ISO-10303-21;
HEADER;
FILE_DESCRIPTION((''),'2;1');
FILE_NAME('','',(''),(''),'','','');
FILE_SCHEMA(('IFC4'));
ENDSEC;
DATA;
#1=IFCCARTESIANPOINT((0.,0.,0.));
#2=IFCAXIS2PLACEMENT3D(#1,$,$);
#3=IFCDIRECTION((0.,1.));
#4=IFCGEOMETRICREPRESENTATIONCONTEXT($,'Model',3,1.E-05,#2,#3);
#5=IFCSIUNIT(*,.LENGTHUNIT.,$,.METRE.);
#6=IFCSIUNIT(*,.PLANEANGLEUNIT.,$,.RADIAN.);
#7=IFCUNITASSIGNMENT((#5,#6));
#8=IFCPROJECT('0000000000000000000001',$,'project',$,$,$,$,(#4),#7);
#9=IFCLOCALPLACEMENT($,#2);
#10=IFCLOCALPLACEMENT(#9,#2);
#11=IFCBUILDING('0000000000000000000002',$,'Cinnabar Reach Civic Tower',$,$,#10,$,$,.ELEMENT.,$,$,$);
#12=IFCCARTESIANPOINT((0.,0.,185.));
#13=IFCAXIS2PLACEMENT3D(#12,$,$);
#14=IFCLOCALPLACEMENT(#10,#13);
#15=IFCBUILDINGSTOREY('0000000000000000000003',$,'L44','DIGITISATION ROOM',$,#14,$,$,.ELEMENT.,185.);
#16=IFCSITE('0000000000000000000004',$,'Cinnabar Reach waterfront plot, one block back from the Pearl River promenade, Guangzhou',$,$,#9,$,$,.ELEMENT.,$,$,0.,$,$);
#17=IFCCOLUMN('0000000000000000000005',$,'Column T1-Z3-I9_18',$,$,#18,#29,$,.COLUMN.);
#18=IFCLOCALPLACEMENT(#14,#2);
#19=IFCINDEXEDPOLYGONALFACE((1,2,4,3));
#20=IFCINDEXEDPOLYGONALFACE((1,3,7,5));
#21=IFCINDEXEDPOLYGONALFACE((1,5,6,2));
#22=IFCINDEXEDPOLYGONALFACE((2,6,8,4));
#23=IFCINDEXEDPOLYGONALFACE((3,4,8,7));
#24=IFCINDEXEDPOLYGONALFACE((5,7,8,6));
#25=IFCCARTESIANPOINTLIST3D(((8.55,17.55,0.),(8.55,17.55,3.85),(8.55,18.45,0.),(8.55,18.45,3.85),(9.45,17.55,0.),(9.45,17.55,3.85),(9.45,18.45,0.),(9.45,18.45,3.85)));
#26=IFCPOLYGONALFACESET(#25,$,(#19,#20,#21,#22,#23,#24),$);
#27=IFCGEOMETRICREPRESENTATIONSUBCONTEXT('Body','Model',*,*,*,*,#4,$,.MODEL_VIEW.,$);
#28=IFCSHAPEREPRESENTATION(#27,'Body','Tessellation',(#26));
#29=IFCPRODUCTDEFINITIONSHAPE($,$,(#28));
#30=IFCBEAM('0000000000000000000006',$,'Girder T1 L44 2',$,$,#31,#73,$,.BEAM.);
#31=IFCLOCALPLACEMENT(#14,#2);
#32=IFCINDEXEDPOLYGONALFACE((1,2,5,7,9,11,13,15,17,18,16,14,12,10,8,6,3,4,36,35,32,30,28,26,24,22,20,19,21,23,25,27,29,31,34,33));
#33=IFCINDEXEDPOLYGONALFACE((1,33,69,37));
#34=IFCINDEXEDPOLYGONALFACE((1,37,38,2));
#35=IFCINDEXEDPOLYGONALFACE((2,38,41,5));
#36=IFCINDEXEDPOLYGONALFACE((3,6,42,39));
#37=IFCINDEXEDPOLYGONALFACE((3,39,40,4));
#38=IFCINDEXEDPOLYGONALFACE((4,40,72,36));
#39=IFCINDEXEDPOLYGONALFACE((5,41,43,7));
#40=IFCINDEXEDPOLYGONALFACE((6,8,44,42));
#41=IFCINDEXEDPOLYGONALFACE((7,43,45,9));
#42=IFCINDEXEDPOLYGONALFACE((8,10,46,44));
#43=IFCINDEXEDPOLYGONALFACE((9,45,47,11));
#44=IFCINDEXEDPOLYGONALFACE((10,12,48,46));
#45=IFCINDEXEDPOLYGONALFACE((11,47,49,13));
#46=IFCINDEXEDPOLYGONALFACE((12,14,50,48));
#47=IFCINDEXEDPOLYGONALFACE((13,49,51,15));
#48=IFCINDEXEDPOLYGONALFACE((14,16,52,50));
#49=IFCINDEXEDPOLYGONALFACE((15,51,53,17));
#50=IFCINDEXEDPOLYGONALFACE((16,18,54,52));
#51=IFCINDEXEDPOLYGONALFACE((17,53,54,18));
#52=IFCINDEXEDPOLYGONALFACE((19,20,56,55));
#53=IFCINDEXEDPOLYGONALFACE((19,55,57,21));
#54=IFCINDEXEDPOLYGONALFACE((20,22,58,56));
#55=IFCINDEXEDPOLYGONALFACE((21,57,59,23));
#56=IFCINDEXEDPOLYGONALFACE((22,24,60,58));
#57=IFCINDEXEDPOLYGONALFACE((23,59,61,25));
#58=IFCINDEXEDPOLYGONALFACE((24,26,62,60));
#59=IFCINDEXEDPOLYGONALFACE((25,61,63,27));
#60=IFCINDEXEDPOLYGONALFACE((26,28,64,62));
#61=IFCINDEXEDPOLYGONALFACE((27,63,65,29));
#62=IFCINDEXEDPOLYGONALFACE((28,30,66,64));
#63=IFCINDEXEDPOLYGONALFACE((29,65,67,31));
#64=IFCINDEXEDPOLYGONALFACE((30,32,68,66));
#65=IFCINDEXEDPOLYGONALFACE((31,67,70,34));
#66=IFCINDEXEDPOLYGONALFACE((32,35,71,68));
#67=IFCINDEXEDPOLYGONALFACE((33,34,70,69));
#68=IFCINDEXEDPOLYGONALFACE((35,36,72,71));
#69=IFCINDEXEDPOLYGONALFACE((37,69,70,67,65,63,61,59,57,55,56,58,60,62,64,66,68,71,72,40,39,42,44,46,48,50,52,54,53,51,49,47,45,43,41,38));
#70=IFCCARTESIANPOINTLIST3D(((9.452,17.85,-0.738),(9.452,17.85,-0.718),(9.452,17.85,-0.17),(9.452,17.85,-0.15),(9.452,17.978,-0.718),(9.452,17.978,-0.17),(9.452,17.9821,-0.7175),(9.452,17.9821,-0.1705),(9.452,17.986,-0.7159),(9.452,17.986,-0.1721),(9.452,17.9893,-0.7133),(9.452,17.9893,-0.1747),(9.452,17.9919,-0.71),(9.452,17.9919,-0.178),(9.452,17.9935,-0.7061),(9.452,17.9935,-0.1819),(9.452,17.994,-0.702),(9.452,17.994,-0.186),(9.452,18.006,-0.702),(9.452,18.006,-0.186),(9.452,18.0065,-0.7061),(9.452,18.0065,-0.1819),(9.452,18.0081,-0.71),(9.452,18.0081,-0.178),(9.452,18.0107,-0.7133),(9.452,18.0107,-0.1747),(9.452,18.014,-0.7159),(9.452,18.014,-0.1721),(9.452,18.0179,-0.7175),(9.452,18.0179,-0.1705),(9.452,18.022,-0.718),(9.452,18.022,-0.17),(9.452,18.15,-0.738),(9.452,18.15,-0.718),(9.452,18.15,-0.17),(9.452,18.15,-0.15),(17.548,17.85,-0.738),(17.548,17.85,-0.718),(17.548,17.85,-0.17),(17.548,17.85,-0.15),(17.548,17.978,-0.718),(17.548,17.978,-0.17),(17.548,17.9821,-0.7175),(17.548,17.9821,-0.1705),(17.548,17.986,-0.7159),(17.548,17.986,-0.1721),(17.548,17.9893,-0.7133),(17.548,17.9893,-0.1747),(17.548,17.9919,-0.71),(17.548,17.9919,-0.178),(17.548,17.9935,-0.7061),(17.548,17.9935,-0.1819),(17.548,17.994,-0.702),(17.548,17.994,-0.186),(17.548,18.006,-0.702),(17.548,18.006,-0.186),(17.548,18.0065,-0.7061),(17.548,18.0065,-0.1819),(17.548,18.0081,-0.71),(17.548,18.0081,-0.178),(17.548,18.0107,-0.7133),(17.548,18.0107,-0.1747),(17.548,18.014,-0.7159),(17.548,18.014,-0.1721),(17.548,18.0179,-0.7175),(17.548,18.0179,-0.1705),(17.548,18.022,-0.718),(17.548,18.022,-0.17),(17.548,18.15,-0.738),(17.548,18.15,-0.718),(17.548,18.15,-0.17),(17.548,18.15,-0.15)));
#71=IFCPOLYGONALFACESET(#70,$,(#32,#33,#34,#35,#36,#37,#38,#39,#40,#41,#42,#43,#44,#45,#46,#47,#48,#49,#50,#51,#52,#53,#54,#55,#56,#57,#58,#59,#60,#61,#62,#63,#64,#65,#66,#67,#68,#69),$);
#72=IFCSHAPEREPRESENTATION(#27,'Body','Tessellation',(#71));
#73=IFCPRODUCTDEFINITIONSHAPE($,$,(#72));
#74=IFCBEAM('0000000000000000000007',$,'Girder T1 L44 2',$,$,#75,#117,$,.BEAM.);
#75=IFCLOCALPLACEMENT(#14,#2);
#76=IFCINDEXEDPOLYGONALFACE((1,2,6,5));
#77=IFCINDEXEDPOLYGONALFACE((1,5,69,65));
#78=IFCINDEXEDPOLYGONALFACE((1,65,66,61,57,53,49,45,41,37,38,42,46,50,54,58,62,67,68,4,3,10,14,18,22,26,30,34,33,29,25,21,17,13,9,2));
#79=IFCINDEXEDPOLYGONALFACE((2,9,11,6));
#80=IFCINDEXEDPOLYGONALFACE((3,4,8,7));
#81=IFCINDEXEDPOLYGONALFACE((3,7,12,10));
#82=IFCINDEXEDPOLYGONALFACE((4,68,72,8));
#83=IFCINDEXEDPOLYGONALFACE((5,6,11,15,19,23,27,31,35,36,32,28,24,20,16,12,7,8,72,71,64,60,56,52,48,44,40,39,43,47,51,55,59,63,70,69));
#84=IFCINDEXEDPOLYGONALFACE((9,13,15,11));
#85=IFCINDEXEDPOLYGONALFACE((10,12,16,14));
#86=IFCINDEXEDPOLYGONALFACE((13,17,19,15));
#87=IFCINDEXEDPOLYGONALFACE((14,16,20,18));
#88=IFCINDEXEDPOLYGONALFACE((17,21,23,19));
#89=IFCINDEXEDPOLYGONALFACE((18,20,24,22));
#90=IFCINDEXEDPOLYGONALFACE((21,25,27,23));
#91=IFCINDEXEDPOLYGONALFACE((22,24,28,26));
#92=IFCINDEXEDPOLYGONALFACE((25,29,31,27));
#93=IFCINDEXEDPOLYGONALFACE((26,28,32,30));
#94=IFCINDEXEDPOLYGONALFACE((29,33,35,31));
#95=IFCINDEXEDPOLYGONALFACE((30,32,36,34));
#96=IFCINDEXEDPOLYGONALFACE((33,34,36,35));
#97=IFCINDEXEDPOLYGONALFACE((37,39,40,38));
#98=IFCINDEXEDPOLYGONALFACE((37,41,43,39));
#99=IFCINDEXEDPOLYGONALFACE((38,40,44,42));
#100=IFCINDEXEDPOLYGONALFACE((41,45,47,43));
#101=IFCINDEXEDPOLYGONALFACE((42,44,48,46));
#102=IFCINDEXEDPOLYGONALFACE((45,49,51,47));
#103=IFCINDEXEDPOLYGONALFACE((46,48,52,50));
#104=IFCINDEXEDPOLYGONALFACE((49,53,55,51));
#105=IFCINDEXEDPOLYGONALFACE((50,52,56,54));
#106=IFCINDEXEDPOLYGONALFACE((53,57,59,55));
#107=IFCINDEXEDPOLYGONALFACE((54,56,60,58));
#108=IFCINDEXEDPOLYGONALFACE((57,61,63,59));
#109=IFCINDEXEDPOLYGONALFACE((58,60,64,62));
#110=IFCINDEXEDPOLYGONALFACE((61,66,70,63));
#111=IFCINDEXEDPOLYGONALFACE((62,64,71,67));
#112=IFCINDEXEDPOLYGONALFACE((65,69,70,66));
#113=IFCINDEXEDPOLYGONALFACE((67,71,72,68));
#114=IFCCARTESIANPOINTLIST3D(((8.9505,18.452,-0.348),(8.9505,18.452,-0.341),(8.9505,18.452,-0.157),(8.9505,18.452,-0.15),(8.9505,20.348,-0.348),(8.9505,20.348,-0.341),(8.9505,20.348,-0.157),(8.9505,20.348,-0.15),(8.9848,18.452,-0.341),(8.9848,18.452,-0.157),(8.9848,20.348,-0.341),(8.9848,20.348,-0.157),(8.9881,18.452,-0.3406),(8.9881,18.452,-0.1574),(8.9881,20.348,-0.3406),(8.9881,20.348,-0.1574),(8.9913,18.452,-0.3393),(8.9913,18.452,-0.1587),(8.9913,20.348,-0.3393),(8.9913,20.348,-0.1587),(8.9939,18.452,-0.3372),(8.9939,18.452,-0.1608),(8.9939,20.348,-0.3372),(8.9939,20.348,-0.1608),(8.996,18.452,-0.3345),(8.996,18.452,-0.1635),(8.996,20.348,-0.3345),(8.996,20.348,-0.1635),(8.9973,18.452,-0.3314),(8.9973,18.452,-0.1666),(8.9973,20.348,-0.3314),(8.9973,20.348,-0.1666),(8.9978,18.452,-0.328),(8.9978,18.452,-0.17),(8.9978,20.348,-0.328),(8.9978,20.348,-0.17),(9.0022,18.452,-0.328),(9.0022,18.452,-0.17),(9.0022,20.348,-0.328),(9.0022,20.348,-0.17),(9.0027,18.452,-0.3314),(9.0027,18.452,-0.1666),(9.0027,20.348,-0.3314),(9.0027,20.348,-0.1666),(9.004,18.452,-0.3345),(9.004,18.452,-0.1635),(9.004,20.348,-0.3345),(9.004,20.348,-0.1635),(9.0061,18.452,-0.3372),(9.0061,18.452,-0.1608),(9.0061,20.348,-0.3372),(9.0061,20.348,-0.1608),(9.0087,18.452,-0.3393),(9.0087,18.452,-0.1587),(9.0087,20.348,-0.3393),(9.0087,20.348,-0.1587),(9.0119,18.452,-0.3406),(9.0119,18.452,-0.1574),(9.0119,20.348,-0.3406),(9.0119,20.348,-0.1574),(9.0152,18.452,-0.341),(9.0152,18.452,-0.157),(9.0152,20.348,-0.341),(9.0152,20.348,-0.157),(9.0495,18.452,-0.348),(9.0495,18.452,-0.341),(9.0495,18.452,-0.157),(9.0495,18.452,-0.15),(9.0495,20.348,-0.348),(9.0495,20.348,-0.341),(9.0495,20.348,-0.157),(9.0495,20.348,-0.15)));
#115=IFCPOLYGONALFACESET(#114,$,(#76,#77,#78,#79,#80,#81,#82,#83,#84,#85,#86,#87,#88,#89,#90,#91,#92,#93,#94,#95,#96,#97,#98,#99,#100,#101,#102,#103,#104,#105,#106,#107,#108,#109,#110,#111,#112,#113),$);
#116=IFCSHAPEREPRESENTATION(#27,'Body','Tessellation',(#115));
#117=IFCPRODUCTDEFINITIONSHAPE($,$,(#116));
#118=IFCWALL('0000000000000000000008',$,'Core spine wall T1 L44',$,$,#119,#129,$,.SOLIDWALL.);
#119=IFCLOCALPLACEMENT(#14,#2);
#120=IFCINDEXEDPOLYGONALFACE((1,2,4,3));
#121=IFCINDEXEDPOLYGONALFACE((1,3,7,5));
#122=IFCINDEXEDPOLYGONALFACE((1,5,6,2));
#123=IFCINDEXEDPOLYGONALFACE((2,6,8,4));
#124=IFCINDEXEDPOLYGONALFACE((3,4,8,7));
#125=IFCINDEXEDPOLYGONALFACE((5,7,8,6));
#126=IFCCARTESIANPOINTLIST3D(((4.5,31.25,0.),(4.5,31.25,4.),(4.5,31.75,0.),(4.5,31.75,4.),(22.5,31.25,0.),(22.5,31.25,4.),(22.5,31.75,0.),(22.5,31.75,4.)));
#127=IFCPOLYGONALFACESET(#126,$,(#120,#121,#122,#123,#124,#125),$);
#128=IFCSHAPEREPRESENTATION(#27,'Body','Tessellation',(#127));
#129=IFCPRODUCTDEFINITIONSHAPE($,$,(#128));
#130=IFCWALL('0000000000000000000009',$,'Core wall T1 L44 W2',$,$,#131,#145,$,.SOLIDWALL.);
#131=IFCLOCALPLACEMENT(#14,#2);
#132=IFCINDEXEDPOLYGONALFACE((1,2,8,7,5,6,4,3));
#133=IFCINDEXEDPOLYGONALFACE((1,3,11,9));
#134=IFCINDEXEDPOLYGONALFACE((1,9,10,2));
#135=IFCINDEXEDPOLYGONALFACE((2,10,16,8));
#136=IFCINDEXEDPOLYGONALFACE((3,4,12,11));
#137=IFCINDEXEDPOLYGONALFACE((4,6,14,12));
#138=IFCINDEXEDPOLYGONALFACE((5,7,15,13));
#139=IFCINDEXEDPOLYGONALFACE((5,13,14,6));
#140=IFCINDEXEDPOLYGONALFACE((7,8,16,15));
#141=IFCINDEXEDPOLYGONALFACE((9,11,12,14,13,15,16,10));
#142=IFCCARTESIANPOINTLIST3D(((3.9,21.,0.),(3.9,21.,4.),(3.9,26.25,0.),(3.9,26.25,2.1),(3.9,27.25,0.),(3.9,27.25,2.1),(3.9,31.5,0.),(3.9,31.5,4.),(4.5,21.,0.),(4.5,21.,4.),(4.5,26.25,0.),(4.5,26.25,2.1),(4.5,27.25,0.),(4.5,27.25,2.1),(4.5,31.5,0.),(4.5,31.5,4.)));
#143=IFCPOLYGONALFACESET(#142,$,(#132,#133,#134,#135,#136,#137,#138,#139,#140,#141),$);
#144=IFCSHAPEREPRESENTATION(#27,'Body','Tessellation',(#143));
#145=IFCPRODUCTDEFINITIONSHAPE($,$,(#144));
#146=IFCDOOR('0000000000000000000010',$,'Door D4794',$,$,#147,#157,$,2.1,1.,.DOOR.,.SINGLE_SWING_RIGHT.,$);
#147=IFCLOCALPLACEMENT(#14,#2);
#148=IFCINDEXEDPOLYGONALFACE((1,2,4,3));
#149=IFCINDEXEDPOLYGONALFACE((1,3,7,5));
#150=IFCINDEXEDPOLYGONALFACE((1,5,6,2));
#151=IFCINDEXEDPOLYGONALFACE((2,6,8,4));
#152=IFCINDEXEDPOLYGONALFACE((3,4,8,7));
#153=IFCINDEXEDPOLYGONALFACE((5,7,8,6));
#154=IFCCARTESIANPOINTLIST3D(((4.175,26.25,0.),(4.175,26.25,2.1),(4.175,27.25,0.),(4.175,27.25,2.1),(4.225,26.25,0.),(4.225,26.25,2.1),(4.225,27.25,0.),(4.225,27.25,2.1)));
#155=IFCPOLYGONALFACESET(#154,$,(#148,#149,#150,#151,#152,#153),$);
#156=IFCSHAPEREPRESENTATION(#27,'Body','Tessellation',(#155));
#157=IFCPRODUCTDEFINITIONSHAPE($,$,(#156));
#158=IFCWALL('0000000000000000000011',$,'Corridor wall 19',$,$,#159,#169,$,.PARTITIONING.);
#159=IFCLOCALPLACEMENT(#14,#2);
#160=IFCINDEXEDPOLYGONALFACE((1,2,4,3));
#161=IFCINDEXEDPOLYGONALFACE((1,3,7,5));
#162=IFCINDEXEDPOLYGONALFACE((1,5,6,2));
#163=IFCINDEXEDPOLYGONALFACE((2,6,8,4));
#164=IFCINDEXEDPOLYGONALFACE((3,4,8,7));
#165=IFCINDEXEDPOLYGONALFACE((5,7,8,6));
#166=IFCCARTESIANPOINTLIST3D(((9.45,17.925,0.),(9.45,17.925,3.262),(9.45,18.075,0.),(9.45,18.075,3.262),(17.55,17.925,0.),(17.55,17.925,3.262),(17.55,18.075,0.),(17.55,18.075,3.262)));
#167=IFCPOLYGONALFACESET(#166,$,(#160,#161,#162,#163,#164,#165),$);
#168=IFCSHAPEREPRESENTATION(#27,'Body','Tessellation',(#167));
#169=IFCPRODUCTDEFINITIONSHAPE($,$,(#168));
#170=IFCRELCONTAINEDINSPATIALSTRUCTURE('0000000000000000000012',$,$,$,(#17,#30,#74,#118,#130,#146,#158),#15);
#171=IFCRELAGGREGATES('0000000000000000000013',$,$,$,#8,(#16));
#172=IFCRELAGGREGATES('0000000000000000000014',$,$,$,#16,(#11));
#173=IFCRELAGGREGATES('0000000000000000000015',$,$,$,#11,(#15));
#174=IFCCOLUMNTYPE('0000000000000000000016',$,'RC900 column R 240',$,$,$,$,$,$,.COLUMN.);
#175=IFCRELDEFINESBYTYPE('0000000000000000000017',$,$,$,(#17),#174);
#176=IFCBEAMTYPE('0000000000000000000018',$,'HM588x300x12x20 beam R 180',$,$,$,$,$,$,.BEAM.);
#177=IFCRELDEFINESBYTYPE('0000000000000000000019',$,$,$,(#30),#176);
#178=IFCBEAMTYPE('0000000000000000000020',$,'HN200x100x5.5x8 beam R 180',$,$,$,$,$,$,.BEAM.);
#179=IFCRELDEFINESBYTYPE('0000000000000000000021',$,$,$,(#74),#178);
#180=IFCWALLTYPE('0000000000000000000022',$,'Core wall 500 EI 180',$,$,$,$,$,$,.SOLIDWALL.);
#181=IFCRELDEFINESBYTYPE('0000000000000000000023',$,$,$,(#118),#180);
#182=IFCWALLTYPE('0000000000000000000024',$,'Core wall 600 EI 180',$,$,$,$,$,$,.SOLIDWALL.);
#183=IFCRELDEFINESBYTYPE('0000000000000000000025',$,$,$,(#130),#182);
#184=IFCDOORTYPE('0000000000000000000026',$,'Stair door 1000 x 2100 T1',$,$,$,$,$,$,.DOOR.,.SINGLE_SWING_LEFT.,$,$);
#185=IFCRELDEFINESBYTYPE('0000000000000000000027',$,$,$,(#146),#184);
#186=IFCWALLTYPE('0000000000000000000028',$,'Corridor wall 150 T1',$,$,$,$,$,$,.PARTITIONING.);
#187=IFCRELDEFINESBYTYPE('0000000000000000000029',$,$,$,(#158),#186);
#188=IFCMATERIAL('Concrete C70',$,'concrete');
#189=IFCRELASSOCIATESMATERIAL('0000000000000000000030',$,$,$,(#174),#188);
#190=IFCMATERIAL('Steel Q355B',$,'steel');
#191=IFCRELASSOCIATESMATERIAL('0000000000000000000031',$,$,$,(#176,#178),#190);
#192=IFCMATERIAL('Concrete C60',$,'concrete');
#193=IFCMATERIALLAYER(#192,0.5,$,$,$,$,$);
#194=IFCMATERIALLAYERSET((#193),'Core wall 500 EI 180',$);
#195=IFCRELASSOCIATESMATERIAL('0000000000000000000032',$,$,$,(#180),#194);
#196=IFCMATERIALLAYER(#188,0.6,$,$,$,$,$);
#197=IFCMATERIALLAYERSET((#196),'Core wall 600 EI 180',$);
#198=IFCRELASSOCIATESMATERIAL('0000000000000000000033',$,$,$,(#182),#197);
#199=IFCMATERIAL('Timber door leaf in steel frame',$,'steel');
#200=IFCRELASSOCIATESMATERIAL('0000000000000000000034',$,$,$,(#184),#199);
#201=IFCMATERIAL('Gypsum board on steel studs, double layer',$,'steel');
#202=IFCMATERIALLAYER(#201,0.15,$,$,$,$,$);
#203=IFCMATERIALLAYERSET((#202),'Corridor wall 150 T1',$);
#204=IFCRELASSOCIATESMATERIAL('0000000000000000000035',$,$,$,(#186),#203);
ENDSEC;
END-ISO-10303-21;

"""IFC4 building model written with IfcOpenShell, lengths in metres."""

from ifc_helpers import new_model, si_unit, direction, frame, frame_2d, origin, origin_2d, place, context, subcontext, project, spatial, rectangle, i_section, extrude, material, layer, layer_set, material_profile, profile_set, type_object, element, fill, save


model = new_model("IFC4")

# Units and contexts
model_context = context("Model", 3, precision=1e-05, world=origin(), true_north=direction((0.0, 1.0)))
body_context = subcontext(model_context, "Body", "Model", "MODEL_VIEW")
ifc_project = project(units=[si_unit("LENGTHUNIT", "METRE"), si_unit("PLANEANGLEUNIT", "RADIAN")], contexts=[model_context])

# Site, building, storey
site_placement = place(None, origin())
site = spatial("IfcSite", under=ifc_project, at=site_placement, Name="Cinnabar Reach waterfront plot, one block back from the Pearl River promenade, Guangzhou", CompositionType="ELEMENT", RefElevation=0.0)
building_placement = place(site_placement, origin())
building = spatial("IfcBuilding", under=site, at=building_placement, Name="Cinnabar Reach Civic Tower", CompositionType="ELEMENT")
storey_placement = place(building_placement, frame((0.0, 0.0, 185.0)))
storey = spatial("IfcBuildingStorey", under=building, at=storey_placement, Name="L44", Description="DIGITISATION ROOM", CompositionType="ELEMENT", Elevation=185.0)

# Column
ifc_material_1 = material(Name="Concrete C70", Category="concrete")
ifc_material_profile_1 = material_profile(ifc_material_1, rectangle(XDim=0.9, YDim=0.9, at=origin_2d()), Name="RC900")
ifc_profile_set_1 = profile_set([ifc_material_profile_1], Name="Concrete C70")
column_type = type_object("IfcColumnType", Name="RC900 column R 240", PredefinedType="COLUMN", material=ifc_profile_set_1)
column_placement = place(storey_placement, frame((9.0, 18.0, 0.0), z_axis=(0.0, 0.0, 1.0), x_axis=(1.0, 0.0, 0.0)))
element("IfcColumn", 1, at=column_placement, inside=storey, type_object=column_type, Name="Column T1-Z3-I9_18", PredefinedType="COLUMN", context=body_context, shape_type="SweptSolid", body=[
    extrude(rectangle(XDim=0.9, YDim=0.9, at=origin_2d()), origin(), (0.0, 0.0, 1.0), 3.85),
])

# Beams
ifc_material_2 = material(Name="Steel Q355B", Category="steel")
ifc_material_profile_2 = material_profile(ifc_material_2, i_section(OverallWidth=0.3, OverallDepth=0.588, WebThickness=0.012, FlangeThickness=0.02, FilletRadius=0.016, at=origin_2d()), Name="HM588x300x12x20")
ifc_profile_set_2 = profile_set([ifc_material_profile_2], Name="Steel Q355B")
beam_type_1 = type_object("IfcBeamType", Name="HM588x300x12x20 beam R 180", PredefinedType="BEAM", material=ifc_profile_set_2)
beam_1_placement = place(storey_placement, frame((9.452, 18.0, -0.444), z_axis=(1.0, 0.0, 0.0), x_axis=(0.0, 1.0, 0.0)))
element("IfcBeam", 2, at=beam_1_placement, inside=storey, type_object=beam_type_1, Name="Girder T1 L44 2", PredefinedType="BEAM", context=body_context, shape_type="SweptSolid", body=[
    extrude(i_section(OverallWidth=0.3, OverallDepth=0.588, WebThickness=0.012, FlangeThickness=0.02, FilletRadius=0.016, at=origin_2d()), origin(), (0.0, 0.0, 1.0), 8.096),
])
ifc_material_profile_3 = material_profile(ifc_material_2, i_section(OverallWidth=0.099, OverallDepth=0.198, WebThickness=0.0045, FlangeThickness=0.007, FilletRadius=0.013, at=origin_2d()), Name="HN200x100x5.5x8")
ifc_profile_set_3 = profile_set([ifc_material_profile_3], Name="Steel Q355B")
beam_type_2 = type_object("IfcBeamType", Name="HN200x100x5.5x8 beam R 180", PredefinedType="BEAM", material=ifc_profile_set_3)
beam_2_placement = place(storey_placement, frame((9.0, 18.452, -0.249), z_axis=(0.0, 1.0, 0.0), x_axis=(-1.0, 0.0, 0.0)))
element("IfcBeam", 3, at=beam_2_placement, inside=storey, type_object=beam_type_2, Name="Girder T1 L44 2", PredefinedType="BEAM", context=body_context, shape_type="SweptSolid", body=[
    extrude(i_section(OverallWidth=0.099, OverallDepth=0.198, WebThickness=0.0045, FlangeThickness=0.007, FilletRadius=0.013, at=origin_2d()), origin(), (0.0, 0.0, 1.0), 1.896),
])

# Wall
ifc_material_3 = material(Name="Concrete C60", Category="concrete")
ifc_layer_1 = layer(ifc_material_3, 0.5)
ifc_layer_set_1 = layer_set([ifc_layer_1], Name="Core wall 500 EI 180")
wall_type_1 = type_object("IfcWallType", Name="Core wall 500 EI 180", PredefinedType="SOLIDWALL", material=ifc_layer_set_1)
wall_1_placement = place(storey_placement, frame((4.5, 31.5, 0.0), z_axis=(0.0, 0.0, 1.0), x_axis=(1.0, 0.0, 0.0)))
element("IfcWall", 4, at=wall_1_placement, inside=storey, type_object=wall_type_1, Name="Core spine wall T1 L44", PredefinedType="SOLIDWALL", context=body_context, shape_type="SweptSolid", body=[
    extrude(rectangle(XDim=18.0, YDim=0.5, at=frame_2d((9.0, 0.0))), origin(), (0.0, 0.0, 1.0), 4.0),
])

# Wall, opening, door
ifc_layer_2 = layer(ifc_material_1, 0.6)
ifc_layer_set_2 = layer_set([ifc_layer_2], Name="Core wall 600 EI 180")
wall_type_2 = type_object("IfcWallType", Name="Core wall 600 EI 180", PredefinedType="SOLIDWALL", material=ifc_layer_set_2)
wall_2_placement = place(storey_placement, frame((4.2, 31.5, 0.0), z_axis=(0.0, 0.0, 1.0), x_axis=(0.0, -1.0, 0.0)))
wall_2 = element("IfcWall", 5, at=wall_2_placement, inside=storey, type_object=wall_type_2, Name="Core wall T1 L44 W2", PredefinedType="SOLIDWALL", context=body_context, shape_type="SweptSolid", body=[
    extrude(rectangle(XDim=10.5, YDim=0.6, at=frame_2d((5.25, 0.0))), origin(), (0.0, 0.0, 1.0), 4.0),
])
opening_1_placement = place(wall_2_placement, frame((4.25, 0.0, 0.0)))
opening_1 = element("IfcOpeningElement", 6, at=opening_1_placement, cuts=wall_2, PredefinedType="OPENING", context=body_context, shape_type="SweptSolid", body=[
    extrude(rectangle(XDim=1.0, YDim=2.1, at=frame_2d((0.5, 1.05))), frame((0.0, 0.31, 0.0), z_axis=(0.0, -1.0, 0.0), x_axis=(1.0, 0.0, 0.0)), (0.0, 0.0, 1.0), 0.62),
])
ifc_material_4 = material(Name="Timber door leaf in steel frame", Category="steel")
door_type_1 = type_object("IfcDoorType", Name="Stair door 1000 x 2100 T1", OperationType="SINGLE_SWING_LEFT", PredefinedType="DOOR", material=ifc_material_4)
door_1_placement = place(opening_1_placement, frame((1.0, 0.0, 0.0), z_axis=(0.0, 0.0, 1.0), x_axis=(-1.0, 0.0, 0.0)))
door_1 = element("IfcDoor", 7, at=door_1_placement, inside=storey, type_object=door_type_1, Name="Door D4794", OperationType="SINGLE_SWING_RIGHT", OverallHeight=2.1, OverallWidth=1.0, PredefinedType="DOOR", context=body_context, shape_type="SweptSolid", body=[
    extrude(rectangle(XDim=1.0, YDim=2.1, at=frame_2d((0.5, 1.05))), frame((0.0, 0.025, 0.0), z_axis=(0.0, -1.0, 0.0), x_axis=(1.0, 0.0, 0.0)), (0.0, 0.0, 1.0), 0.05),
])
fill(opening_1, door_1)

# Wall
ifc_material_5 = material(Name="Gypsum board on steel studs, double layer", Category="steel")
ifc_layer_3 = layer(ifc_material_5, 0.15)
ifc_layer_set_3 = layer_set([ifc_layer_3], Name="Corridor wall 150 T1")
wall_type_3 = type_object("IfcWallType", Name="Corridor wall 150 T1", PredefinedType="PARTITIONING", material=ifc_layer_set_3)
wall_3_placement = place(storey_placement, frame((9.45, 18.0, 0.0), z_axis=(0.0, 0.0, 1.0), x_axis=(1.0, 0.0, 0.0)))
element("IfcWall", 8, at=wall_3_placement, inside=storey, type_object=wall_type_3, Name="Corridor wall 19", PredefinedType="PARTITIONING", context=body_context, shape_type="SweptSolid", body=[
    extrude(rectangle(XDim=8.1, YDim=0.15, at=frame_2d((4.05, 0.0))), origin(), (0.0, 0.0, 1.0), 3.262),
])

save(model, "model.ifc")
